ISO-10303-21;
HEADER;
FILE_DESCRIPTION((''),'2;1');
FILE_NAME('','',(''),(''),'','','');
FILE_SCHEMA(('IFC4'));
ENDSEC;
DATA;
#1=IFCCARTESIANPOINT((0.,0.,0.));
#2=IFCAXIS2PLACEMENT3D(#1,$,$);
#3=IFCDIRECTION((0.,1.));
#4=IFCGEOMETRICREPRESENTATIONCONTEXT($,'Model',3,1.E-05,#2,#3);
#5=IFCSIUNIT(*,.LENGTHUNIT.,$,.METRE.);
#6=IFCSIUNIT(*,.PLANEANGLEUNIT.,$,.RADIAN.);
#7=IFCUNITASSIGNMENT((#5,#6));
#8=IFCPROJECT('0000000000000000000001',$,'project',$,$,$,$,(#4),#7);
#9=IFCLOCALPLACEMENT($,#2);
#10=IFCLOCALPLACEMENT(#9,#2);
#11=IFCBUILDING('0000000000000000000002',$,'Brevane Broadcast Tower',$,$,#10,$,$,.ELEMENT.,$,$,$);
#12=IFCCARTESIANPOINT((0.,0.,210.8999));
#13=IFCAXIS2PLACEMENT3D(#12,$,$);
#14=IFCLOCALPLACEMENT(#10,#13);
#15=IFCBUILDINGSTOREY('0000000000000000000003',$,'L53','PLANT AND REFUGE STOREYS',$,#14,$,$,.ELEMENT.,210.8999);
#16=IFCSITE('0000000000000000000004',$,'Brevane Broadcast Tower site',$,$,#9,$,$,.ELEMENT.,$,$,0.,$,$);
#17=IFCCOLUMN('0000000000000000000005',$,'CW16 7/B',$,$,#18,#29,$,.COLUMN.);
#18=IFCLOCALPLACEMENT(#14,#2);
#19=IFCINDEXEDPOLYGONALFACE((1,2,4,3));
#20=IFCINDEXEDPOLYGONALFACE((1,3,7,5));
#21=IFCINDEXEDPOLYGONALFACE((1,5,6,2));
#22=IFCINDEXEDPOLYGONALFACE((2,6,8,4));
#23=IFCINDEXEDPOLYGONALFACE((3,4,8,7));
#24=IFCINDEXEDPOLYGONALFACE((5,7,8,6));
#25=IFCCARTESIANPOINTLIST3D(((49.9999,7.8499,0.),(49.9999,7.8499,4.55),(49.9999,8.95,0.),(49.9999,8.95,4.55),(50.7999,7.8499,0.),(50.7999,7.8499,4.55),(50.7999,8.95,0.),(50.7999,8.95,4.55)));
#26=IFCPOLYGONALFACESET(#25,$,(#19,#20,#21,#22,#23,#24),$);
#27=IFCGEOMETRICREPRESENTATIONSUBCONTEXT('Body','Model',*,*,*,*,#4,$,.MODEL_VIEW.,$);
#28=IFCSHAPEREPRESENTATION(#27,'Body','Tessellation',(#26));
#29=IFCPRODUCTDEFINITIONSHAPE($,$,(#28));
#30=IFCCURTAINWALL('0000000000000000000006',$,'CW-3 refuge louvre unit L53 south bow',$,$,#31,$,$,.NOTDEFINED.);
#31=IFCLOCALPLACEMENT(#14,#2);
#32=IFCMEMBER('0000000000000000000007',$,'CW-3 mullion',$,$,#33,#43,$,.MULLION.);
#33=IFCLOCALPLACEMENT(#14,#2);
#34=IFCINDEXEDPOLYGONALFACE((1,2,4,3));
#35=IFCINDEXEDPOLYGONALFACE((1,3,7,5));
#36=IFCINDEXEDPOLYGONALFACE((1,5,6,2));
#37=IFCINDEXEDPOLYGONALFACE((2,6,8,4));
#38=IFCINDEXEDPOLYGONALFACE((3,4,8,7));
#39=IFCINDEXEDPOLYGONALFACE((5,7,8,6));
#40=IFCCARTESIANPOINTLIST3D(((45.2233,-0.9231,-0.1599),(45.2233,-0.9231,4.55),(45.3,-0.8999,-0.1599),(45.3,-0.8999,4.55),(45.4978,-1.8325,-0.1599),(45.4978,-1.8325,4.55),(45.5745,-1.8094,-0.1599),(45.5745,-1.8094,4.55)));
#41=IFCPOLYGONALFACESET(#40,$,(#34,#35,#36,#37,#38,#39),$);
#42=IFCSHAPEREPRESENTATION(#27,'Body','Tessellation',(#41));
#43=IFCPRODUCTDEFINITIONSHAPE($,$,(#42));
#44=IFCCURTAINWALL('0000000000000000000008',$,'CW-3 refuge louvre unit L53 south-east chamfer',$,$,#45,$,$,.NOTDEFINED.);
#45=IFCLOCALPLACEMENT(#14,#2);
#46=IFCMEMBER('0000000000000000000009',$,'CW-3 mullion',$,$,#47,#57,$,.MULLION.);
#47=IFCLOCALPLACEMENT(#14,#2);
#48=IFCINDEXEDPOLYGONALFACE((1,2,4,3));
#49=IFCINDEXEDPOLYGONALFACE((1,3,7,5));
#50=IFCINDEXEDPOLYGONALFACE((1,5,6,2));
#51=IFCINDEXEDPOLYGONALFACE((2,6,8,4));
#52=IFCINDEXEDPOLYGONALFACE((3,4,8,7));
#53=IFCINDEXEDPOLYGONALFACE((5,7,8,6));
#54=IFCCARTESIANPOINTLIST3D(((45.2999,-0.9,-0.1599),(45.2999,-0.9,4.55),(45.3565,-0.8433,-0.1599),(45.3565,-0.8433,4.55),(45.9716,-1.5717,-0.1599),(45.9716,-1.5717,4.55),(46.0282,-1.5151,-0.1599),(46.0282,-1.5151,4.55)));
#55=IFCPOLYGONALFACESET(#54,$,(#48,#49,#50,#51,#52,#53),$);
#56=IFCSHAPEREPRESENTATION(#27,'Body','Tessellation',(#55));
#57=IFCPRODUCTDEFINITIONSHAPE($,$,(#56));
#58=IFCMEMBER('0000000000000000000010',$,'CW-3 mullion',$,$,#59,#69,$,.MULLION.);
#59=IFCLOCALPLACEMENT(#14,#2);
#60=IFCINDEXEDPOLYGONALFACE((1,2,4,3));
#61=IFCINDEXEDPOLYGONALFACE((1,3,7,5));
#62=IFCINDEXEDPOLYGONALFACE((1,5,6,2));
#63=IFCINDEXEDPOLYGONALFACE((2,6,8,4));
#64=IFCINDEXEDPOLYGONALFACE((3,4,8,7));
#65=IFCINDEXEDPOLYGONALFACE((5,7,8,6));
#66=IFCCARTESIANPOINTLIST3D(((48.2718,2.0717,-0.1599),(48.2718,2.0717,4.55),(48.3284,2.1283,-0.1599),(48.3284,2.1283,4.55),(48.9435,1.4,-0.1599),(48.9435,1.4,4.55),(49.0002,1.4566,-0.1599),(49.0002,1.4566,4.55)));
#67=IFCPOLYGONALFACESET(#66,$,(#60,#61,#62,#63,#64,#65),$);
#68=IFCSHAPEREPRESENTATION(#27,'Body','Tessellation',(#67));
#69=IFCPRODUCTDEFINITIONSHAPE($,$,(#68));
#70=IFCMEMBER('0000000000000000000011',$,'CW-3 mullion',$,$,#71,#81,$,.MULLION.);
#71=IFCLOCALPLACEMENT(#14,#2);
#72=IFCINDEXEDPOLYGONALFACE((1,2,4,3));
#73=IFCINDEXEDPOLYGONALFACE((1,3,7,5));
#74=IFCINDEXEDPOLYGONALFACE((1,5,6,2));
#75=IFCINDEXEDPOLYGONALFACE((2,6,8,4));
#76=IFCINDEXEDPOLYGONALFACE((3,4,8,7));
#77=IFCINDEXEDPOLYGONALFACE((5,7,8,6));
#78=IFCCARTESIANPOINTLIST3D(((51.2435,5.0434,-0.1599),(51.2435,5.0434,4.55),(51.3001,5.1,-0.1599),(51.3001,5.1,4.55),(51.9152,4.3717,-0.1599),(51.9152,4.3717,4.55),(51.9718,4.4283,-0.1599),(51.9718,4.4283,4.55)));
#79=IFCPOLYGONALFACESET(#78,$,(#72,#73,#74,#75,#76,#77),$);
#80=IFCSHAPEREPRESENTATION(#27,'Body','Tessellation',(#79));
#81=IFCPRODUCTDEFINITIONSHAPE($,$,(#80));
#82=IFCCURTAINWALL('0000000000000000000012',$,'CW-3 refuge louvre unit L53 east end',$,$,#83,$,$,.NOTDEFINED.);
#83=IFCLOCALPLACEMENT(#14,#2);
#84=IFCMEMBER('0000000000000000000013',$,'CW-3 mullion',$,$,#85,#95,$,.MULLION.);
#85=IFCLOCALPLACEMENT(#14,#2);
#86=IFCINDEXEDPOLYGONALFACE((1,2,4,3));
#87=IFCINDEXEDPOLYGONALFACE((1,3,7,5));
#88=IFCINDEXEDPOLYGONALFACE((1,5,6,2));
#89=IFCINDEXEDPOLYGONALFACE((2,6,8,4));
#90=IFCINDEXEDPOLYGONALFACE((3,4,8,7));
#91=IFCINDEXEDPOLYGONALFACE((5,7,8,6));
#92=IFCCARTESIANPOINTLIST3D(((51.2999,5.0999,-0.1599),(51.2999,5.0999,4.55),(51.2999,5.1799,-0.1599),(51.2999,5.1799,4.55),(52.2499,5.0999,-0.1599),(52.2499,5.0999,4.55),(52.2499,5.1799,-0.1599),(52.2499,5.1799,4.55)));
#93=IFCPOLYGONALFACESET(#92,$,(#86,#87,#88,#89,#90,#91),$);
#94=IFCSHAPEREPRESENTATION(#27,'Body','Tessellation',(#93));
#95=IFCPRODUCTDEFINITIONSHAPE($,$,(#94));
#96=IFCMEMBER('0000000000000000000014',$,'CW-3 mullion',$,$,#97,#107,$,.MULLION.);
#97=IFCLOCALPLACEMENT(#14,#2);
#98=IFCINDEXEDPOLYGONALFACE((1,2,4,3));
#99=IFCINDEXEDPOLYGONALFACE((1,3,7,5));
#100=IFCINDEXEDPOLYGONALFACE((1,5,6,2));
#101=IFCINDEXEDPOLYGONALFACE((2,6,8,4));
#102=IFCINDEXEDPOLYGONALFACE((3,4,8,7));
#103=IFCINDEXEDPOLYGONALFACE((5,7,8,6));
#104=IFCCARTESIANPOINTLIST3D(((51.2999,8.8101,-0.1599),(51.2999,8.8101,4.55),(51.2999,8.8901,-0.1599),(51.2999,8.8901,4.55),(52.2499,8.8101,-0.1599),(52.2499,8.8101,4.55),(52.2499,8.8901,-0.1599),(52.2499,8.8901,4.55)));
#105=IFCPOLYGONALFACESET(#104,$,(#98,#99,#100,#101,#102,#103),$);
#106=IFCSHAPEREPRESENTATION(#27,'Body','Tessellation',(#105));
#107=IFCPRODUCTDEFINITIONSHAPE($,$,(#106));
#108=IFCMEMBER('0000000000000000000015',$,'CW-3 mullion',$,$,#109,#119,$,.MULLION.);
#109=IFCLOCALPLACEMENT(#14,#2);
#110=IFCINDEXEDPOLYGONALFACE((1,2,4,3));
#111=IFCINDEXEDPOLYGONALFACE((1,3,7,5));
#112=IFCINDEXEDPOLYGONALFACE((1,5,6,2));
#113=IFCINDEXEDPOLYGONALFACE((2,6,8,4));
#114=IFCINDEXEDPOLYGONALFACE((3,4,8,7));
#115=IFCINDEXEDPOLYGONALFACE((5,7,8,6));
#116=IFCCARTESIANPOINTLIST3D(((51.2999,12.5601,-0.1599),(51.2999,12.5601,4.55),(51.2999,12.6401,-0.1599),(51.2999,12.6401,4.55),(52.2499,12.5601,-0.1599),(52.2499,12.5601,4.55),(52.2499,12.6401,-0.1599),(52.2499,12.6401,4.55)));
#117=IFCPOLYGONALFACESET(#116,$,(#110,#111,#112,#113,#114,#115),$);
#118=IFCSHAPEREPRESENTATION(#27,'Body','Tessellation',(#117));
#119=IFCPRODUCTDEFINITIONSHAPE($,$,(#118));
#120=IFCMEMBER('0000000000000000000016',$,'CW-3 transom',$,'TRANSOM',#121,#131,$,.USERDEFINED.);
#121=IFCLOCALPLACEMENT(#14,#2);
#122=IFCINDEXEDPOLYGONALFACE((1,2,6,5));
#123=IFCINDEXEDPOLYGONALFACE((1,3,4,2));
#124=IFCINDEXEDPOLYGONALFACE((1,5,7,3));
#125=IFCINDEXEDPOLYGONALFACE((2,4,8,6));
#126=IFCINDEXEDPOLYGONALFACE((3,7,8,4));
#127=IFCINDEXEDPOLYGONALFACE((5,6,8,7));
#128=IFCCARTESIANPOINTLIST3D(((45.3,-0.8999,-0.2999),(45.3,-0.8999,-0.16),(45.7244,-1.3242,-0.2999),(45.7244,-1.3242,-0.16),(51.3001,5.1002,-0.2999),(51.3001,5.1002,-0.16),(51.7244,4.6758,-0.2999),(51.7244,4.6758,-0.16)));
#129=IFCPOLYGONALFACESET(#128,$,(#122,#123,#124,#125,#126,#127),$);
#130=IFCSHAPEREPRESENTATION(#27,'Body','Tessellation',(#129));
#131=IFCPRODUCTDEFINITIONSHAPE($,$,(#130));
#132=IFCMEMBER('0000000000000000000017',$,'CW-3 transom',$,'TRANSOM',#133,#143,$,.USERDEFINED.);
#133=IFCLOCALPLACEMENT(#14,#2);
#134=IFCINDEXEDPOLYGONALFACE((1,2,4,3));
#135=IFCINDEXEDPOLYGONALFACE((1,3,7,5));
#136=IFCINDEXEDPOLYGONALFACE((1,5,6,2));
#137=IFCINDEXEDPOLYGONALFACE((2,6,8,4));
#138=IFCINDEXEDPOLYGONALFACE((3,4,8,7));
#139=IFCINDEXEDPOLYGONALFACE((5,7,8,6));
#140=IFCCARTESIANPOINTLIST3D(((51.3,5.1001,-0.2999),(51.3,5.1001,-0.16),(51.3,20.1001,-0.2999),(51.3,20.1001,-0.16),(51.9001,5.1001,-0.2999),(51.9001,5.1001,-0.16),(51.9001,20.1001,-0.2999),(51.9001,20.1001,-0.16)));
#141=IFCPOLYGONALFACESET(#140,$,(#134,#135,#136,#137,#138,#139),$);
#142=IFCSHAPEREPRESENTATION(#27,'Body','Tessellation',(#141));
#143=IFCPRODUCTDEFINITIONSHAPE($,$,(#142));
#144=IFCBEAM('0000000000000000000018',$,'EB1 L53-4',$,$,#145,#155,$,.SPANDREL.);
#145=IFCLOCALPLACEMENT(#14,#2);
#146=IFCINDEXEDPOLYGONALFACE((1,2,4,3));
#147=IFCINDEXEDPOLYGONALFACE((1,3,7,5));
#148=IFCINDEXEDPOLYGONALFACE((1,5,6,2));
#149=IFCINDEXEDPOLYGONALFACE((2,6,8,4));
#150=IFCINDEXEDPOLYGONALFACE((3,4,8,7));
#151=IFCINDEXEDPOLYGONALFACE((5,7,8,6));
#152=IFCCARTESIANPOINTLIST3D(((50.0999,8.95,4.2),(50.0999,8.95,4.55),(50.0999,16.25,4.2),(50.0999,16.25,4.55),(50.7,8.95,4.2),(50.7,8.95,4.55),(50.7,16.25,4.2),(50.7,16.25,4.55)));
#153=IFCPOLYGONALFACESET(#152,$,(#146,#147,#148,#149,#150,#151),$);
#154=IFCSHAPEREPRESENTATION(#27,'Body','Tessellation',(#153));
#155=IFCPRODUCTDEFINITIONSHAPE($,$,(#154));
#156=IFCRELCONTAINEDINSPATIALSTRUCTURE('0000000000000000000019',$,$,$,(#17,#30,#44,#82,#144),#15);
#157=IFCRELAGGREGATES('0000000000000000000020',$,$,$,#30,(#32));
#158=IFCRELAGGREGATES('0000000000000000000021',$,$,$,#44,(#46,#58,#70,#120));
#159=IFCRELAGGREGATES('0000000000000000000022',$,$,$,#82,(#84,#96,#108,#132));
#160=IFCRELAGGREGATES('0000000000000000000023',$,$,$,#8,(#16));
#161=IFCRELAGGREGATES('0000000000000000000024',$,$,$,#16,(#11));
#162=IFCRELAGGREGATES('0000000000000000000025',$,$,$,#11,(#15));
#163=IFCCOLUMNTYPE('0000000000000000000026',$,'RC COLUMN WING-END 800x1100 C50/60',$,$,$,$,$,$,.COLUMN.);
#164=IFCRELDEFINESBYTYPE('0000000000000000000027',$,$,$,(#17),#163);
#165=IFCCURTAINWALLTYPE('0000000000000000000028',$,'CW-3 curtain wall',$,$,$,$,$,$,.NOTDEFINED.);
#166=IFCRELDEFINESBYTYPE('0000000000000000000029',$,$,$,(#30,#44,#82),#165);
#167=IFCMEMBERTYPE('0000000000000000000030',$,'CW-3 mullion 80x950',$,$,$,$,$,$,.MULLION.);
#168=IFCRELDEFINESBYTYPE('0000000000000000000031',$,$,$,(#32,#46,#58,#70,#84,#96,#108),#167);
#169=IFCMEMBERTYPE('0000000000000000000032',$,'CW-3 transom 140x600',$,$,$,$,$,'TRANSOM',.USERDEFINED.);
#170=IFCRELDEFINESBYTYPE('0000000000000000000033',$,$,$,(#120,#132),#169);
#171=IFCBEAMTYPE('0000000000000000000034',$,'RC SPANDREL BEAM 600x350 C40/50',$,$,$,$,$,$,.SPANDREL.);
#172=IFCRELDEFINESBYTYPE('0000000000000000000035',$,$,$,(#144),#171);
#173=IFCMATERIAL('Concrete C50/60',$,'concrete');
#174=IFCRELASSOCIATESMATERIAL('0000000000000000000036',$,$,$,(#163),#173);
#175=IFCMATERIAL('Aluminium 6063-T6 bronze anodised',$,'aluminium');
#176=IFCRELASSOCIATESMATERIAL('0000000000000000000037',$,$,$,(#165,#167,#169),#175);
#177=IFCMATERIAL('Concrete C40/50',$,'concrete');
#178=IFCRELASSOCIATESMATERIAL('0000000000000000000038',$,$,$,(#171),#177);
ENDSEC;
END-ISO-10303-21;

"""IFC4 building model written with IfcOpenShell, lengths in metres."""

from ifc_helpers import new_model, si_unit, direction, frame, origin, origin_2d, place, context, subcontext, project, spatial, rectangle, extrude, material, material_profile, profile_set, type_object, element, aggregate, save


model = new_model("IFC4")

# Units and contexts
model_context = context("Model", 3, precision=1e-05, world=origin(), true_north=direction((0.0, 1.0)))
body_context = subcontext(model_context, "Body", "Model", "MODEL_VIEW")
ifc_project = project(units=[si_unit("LENGTHUNIT", "METRE"), si_unit("PLANEANGLEUNIT", "RADIAN")], contexts=[model_context])

# Site, building, storey
site_placement = place(None, origin())
site = spatial("IfcSite", under=ifc_project, at=site_placement, Name="Brevane Broadcast Tower site", CompositionType="ELEMENT", RefElevation=0.0)
building_placement = place(site_placement, origin())
building = spatial("IfcBuilding", under=site, at=building_placement, Name="Brevane Broadcast Tower", CompositionType="ELEMENT")
storey_placement = place(building_placement, frame((0.0, 0.0, 210.8999)))
storey = spatial("IfcBuildingStorey", under=building, at=storey_placement, Name="L53", Description="PLANT AND REFUGE STOREYS", CompositionType="ELEMENT", Elevation=210.8999)

# Column
ifc_material_1 = material(Name="Concrete C50/60", Category="concrete")
ifc_material_profile_1 = material_profile(ifc_material_1, rectangle(XDim=0.8, YDim=1.1001, at=origin_2d()), Name="RC 800x1100")
ifc_profile_set_1 = profile_set([ifc_material_profile_1], Name="Concrete C50/60")
column_type = type_object("IfcColumnType", Name="RC COLUMN WING-END 800x1100 C50/60", PredefinedType="COLUMN", material=ifc_profile_set_1)
column_placement = place(storey_placement, frame((50.3999, 8.3999, 0.0), z_axis=(0.0, 0.0, 1.0), x_axis=(1.0, 0.0, 0.0)))
element("IfcColumn", 1, at=column_placement, inside=storey, type_object=column_type, Name="CW16 7/B", PredefinedType="COLUMN", context=body_context, shape_type="SweptSolid", body=[
    extrude(rectangle(XDim=0.8, YDim=1.1001, at=origin_2d()), origin(), (0.0, 0.0, 1.0), 4.55),
])

# Curtain wall, member
ifc_material_2 = material(Name="Aluminium 6063-T6 bronze anodised", Category="aluminium")
curtain_wall_type = type_object("IfcCurtainWallType", Name="CW-3 curtain wall", PredefinedType="NOTDEFINED", material=ifc_material_2)
curtain_wall_1_placement = place(storey_placement, origin())
curtain_wall_1 = element("IfcCurtainWall", 2, at=curtain_wall_1_placement, inside=storey, type_object=curtain_wall_type, Name="CW-3 refuge louvre unit L53 south bow", PredefinedType="NOTDEFINED")
ifc_material_profile_2 = material_profile(ifc_material_2, rectangle(XDim=0.95, YDim=0.0801, at=origin_2d()), Name="RECT 80x950")
ifc_profile_set_2 = profile_set([ifc_material_profile_2], Name="Aluminium 6063-T6 bronze anodised")
member_type_1 = type_object("IfcMemberType", Name="CW-3 mullion 80x950", PredefinedType="MULLION", material=ifc_profile_set_2)
member_1_placement = place(storey_placement, frame((45.3989, -1.3662, -0.1599), z_axis=(0.0, 0.0, 1.0), x_axis=(-0.288968, 0.957339, 0.0)))
member_1 = element("IfcMember", 3, at=member_1_placement, type_object=member_type_1, Name="CW-3 mullion", PredefinedType="MULLION", context=body_context, shape_type="SweptSolid", body=[
    extrude(rectangle(XDim=0.95, YDim=0.0801, at=origin_2d()), origin(), (0.0, 0.0, 1.0), 4.71),
])
aggregate(curtain_wall_1, [member_1])

# Curtain walls, members
curtain_wall_2_placement = place(storey_placement, origin())
curtain_wall_2 = element("IfcCurtainWall", 4, at=curtain_wall_2_placement, inside=storey, type_object=curtain_wall_type, Name="CW-3 refuge louvre unit L53 south-east chamfer", PredefinedType="NOTDEFINED")
member_2_placement = place(storey_placement, frame((45.6641, -1.2075, -0.1599), z_axis=(0.0, 0.0, 1.0), x_axis=(-0.707107, 0.707107, 0.0)))
member_2 = element("IfcMember", 5, at=member_2_placement, type_object=member_type_1, Name="CW-3 mullion", PredefinedType="MULLION", context=body_context, shape_type="SweptSolid", body=[
    extrude(rectangle(XDim=0.95, YDim=0.0801, at=origin_2d()), origin(), (0.0, 0.0, 1.0), 4.71),
])
member_3_placement = place(storey_placement, frame((48.636, 1.7642, -0.1599), z_axis=(0.0, 0.0, 1.0), x_axis=(-0.707107, 0.707107, 0.0)))
member_3 = element("IfcMember", 6, at=member_3_placement, type_object=member_type_1, Name="CW-3 mullion", PredefinedType="MULLION", context=body_context, shape_type="SweptSolid", body=[
    extrude(rectangle(XDim=0.95, YDim=0.0801, at=origin_2d()), origin(), (0.0, 0.0, 1.0), 4.71),
])
member_4_placement = place(storey_placement, frame((51.6077, 4.7358, -0.1599), z_axis=(0.0, 0.0, 1.0), x_axis=(-0.707107, 0.707107, 0.0)))
member_4 = element("IfcMember", 7, at=member_4_placement, type_object=member_type_1, Name="CW-3 mullion", PredefinedType="MULLION", context=body_context, shape_type="SweptSolid", body=[
    extrude(rectangle(XDim=0.95, YDim=0.0801, at=origin_2d()), origin(), (0.0, 0.0, 1.0), 4.71),
])
curtain_wall_3_placement = place(storey_placement, origin())
curtain_wall_3 = element("IfcCurtainWall", 8, at=curtain_wall_3_placement, inside=storey, type_object=curtain_wall_type, Name="CW-3 refuge louvre unit L53 east end", PredefinedType="NOTDEFINED")
member_5_placement = place(storey_placement, frame((51.7749, 5.1399, -0.1599), z_axis=(0.0, 0.0, 1.0), x_axis=(-1.0, 0.0, 0.0)))
member_5 = element("IfcMember", 9, at=member_5_placement, type_object=member_type_1, Name="CW-3 mullion", PredefinedType="MULLION", context=body_context, shape_type="SweptSolid", body=[
    extrude(rectangle(XDim=0.95, YDim=0.0801, at=origin_2d()), origin(), (0.0, 0.0, 1.0), 4.71),
])
member_6_placement = place(storey_placement, frame((51.7749, 8.8501, -0.1599), z_axis=(0.0, 0.0, 1.0), x_axis=(-1.0, 0.0, 0.0)))
member_6 = element("IfcMember", 10, at=member_6_placement, type_object=member_type_1, Name="CW-3 mullion", PredefinedType="MULLION", context=body_context, shape_type="SweptSolid", body=[
    extrude(rectangle(XDim=0.95, YDim=0.0801, at=origin_2d()), origin(), (0.0, 0.0, 1.0), 4.71),
])
member_7_placement = place(storey_placement, frame((51.7749, 12.6001, -0.1599), z_axis=(0.0, 0.0, 1.0), x_axis=(-1.0, 0.0, 0.0)))
member_7 = element("IfcMember", 11, at=member_7_placement, type_object=member_type_1, Name="CW-3 mullion", PredefinedType="MULLION", context=body_context, shape_type="SweptSolid", body=[
    extrude(rectangle(XDim=0.95, YDim=0.0801, at=origin_2d()), origin(), (0.0, 0.0, 1.0), 4.71),
])

# Members
ifc_material_profile_3 = material_profile(ifc_material_2, rectangle(XDim=0.6001, YDim=0.1399, at=origin_2d()), Name="RECT 140x600")
ifc_profile_set_3 = profile_set([ifc_material_profile_3], Name="Aluminium 6063-T6 bronze anodised")
member_type_2 = type_object("IfcMemberType", Name="CW-3 transom 140x600", ElementType="TRANSOM", PredefinedType="USERDEFINED", material=ifc_profile_set_3)
member_8_placement = place(storey_placement, frame((45.5122, -1.1121, -0.23), z_axis=(0.707107, 0.707107, 0.0), x_axis=(-0.707107, 0.707107, 0.0)))
member_8 = element("IfcMember", 12, at=member_8_placement, type_object=member_type_2, Name="CW-3 transom", ObjectType="TRANSOM", PredefinedType="USERDEFINED", context=body_context, shape_type="SweptSolid", body=[
    extrude(rectangle(XDim=0.6001, YDim=0.1399, at=origin_2d()), origin(), (0.0, 0.0, 1.0), 8.4854),
])
aggregate(curtain_wall_2, [member_2, member_3, member_4, member_8])
member_9_placement = place(storey_placement, frame((51.6001, 5.1001, -0.23), z_axis=(0.0, 1.0, 0.0), x_axis=(-1.0, 0.0, 0.0)))
member_9 = element("IfcMember", 13, at=member_9_placement, type_object=member_type_2, Name="CW-3 transom", ObjectType="TRANSOM", PredefinedType="USERDEFINED", context=body_context, shape_type="SweptSolid", body=[
    extrude(rectangle(XDim=0.6001, YDim=0.1399, at=origin_2d()), origin(), (0.0, 0.0, 1.0), 15.0),
])
aggregate(curtain_wall_3, [member_5, member_6, member_7, member_9])

# Beam
ifc_material_3 = material(Name="Concrete C40/50", Category="concrete")
ifc_material_profile_4 = material_profile(ifc_material_3, rectangle(XDim=0.6001, YDim=0.3501, at=origin_2d()), Name="RC 600x350")
ifc_profile_set_4 = profile_set([ifc_material_profile_4], Name="Concrete C40/50")
beam_type = type_object("IfcBeamType", Name="RC SPANDREL BEAM 600x350 C40/50", PredefinedType="SPANDREL", material=ifc_profile_set_4)
beam_placement = place(storey_placement, frame((50.3999, 8.95, 4.375), z_axis=(0.0, 1.0, 0.0), x_axis=(-1.0, 0.0, 0.0)))
element("IfcBeam", 14, at=beam_placement, inside=storey, type_object=beam_type, Name="EB1 L53-4", PredefinedType="SPANDREL", context=body_context, shape_type="SweptSolid", body=[
    extrude(rectangle(XDim=0.6001, YDim=0.3501, at=origin_2d()), origin(), (0.0, 0.0, 1.0), 7.3),
])

save(model, "model.ifc")
